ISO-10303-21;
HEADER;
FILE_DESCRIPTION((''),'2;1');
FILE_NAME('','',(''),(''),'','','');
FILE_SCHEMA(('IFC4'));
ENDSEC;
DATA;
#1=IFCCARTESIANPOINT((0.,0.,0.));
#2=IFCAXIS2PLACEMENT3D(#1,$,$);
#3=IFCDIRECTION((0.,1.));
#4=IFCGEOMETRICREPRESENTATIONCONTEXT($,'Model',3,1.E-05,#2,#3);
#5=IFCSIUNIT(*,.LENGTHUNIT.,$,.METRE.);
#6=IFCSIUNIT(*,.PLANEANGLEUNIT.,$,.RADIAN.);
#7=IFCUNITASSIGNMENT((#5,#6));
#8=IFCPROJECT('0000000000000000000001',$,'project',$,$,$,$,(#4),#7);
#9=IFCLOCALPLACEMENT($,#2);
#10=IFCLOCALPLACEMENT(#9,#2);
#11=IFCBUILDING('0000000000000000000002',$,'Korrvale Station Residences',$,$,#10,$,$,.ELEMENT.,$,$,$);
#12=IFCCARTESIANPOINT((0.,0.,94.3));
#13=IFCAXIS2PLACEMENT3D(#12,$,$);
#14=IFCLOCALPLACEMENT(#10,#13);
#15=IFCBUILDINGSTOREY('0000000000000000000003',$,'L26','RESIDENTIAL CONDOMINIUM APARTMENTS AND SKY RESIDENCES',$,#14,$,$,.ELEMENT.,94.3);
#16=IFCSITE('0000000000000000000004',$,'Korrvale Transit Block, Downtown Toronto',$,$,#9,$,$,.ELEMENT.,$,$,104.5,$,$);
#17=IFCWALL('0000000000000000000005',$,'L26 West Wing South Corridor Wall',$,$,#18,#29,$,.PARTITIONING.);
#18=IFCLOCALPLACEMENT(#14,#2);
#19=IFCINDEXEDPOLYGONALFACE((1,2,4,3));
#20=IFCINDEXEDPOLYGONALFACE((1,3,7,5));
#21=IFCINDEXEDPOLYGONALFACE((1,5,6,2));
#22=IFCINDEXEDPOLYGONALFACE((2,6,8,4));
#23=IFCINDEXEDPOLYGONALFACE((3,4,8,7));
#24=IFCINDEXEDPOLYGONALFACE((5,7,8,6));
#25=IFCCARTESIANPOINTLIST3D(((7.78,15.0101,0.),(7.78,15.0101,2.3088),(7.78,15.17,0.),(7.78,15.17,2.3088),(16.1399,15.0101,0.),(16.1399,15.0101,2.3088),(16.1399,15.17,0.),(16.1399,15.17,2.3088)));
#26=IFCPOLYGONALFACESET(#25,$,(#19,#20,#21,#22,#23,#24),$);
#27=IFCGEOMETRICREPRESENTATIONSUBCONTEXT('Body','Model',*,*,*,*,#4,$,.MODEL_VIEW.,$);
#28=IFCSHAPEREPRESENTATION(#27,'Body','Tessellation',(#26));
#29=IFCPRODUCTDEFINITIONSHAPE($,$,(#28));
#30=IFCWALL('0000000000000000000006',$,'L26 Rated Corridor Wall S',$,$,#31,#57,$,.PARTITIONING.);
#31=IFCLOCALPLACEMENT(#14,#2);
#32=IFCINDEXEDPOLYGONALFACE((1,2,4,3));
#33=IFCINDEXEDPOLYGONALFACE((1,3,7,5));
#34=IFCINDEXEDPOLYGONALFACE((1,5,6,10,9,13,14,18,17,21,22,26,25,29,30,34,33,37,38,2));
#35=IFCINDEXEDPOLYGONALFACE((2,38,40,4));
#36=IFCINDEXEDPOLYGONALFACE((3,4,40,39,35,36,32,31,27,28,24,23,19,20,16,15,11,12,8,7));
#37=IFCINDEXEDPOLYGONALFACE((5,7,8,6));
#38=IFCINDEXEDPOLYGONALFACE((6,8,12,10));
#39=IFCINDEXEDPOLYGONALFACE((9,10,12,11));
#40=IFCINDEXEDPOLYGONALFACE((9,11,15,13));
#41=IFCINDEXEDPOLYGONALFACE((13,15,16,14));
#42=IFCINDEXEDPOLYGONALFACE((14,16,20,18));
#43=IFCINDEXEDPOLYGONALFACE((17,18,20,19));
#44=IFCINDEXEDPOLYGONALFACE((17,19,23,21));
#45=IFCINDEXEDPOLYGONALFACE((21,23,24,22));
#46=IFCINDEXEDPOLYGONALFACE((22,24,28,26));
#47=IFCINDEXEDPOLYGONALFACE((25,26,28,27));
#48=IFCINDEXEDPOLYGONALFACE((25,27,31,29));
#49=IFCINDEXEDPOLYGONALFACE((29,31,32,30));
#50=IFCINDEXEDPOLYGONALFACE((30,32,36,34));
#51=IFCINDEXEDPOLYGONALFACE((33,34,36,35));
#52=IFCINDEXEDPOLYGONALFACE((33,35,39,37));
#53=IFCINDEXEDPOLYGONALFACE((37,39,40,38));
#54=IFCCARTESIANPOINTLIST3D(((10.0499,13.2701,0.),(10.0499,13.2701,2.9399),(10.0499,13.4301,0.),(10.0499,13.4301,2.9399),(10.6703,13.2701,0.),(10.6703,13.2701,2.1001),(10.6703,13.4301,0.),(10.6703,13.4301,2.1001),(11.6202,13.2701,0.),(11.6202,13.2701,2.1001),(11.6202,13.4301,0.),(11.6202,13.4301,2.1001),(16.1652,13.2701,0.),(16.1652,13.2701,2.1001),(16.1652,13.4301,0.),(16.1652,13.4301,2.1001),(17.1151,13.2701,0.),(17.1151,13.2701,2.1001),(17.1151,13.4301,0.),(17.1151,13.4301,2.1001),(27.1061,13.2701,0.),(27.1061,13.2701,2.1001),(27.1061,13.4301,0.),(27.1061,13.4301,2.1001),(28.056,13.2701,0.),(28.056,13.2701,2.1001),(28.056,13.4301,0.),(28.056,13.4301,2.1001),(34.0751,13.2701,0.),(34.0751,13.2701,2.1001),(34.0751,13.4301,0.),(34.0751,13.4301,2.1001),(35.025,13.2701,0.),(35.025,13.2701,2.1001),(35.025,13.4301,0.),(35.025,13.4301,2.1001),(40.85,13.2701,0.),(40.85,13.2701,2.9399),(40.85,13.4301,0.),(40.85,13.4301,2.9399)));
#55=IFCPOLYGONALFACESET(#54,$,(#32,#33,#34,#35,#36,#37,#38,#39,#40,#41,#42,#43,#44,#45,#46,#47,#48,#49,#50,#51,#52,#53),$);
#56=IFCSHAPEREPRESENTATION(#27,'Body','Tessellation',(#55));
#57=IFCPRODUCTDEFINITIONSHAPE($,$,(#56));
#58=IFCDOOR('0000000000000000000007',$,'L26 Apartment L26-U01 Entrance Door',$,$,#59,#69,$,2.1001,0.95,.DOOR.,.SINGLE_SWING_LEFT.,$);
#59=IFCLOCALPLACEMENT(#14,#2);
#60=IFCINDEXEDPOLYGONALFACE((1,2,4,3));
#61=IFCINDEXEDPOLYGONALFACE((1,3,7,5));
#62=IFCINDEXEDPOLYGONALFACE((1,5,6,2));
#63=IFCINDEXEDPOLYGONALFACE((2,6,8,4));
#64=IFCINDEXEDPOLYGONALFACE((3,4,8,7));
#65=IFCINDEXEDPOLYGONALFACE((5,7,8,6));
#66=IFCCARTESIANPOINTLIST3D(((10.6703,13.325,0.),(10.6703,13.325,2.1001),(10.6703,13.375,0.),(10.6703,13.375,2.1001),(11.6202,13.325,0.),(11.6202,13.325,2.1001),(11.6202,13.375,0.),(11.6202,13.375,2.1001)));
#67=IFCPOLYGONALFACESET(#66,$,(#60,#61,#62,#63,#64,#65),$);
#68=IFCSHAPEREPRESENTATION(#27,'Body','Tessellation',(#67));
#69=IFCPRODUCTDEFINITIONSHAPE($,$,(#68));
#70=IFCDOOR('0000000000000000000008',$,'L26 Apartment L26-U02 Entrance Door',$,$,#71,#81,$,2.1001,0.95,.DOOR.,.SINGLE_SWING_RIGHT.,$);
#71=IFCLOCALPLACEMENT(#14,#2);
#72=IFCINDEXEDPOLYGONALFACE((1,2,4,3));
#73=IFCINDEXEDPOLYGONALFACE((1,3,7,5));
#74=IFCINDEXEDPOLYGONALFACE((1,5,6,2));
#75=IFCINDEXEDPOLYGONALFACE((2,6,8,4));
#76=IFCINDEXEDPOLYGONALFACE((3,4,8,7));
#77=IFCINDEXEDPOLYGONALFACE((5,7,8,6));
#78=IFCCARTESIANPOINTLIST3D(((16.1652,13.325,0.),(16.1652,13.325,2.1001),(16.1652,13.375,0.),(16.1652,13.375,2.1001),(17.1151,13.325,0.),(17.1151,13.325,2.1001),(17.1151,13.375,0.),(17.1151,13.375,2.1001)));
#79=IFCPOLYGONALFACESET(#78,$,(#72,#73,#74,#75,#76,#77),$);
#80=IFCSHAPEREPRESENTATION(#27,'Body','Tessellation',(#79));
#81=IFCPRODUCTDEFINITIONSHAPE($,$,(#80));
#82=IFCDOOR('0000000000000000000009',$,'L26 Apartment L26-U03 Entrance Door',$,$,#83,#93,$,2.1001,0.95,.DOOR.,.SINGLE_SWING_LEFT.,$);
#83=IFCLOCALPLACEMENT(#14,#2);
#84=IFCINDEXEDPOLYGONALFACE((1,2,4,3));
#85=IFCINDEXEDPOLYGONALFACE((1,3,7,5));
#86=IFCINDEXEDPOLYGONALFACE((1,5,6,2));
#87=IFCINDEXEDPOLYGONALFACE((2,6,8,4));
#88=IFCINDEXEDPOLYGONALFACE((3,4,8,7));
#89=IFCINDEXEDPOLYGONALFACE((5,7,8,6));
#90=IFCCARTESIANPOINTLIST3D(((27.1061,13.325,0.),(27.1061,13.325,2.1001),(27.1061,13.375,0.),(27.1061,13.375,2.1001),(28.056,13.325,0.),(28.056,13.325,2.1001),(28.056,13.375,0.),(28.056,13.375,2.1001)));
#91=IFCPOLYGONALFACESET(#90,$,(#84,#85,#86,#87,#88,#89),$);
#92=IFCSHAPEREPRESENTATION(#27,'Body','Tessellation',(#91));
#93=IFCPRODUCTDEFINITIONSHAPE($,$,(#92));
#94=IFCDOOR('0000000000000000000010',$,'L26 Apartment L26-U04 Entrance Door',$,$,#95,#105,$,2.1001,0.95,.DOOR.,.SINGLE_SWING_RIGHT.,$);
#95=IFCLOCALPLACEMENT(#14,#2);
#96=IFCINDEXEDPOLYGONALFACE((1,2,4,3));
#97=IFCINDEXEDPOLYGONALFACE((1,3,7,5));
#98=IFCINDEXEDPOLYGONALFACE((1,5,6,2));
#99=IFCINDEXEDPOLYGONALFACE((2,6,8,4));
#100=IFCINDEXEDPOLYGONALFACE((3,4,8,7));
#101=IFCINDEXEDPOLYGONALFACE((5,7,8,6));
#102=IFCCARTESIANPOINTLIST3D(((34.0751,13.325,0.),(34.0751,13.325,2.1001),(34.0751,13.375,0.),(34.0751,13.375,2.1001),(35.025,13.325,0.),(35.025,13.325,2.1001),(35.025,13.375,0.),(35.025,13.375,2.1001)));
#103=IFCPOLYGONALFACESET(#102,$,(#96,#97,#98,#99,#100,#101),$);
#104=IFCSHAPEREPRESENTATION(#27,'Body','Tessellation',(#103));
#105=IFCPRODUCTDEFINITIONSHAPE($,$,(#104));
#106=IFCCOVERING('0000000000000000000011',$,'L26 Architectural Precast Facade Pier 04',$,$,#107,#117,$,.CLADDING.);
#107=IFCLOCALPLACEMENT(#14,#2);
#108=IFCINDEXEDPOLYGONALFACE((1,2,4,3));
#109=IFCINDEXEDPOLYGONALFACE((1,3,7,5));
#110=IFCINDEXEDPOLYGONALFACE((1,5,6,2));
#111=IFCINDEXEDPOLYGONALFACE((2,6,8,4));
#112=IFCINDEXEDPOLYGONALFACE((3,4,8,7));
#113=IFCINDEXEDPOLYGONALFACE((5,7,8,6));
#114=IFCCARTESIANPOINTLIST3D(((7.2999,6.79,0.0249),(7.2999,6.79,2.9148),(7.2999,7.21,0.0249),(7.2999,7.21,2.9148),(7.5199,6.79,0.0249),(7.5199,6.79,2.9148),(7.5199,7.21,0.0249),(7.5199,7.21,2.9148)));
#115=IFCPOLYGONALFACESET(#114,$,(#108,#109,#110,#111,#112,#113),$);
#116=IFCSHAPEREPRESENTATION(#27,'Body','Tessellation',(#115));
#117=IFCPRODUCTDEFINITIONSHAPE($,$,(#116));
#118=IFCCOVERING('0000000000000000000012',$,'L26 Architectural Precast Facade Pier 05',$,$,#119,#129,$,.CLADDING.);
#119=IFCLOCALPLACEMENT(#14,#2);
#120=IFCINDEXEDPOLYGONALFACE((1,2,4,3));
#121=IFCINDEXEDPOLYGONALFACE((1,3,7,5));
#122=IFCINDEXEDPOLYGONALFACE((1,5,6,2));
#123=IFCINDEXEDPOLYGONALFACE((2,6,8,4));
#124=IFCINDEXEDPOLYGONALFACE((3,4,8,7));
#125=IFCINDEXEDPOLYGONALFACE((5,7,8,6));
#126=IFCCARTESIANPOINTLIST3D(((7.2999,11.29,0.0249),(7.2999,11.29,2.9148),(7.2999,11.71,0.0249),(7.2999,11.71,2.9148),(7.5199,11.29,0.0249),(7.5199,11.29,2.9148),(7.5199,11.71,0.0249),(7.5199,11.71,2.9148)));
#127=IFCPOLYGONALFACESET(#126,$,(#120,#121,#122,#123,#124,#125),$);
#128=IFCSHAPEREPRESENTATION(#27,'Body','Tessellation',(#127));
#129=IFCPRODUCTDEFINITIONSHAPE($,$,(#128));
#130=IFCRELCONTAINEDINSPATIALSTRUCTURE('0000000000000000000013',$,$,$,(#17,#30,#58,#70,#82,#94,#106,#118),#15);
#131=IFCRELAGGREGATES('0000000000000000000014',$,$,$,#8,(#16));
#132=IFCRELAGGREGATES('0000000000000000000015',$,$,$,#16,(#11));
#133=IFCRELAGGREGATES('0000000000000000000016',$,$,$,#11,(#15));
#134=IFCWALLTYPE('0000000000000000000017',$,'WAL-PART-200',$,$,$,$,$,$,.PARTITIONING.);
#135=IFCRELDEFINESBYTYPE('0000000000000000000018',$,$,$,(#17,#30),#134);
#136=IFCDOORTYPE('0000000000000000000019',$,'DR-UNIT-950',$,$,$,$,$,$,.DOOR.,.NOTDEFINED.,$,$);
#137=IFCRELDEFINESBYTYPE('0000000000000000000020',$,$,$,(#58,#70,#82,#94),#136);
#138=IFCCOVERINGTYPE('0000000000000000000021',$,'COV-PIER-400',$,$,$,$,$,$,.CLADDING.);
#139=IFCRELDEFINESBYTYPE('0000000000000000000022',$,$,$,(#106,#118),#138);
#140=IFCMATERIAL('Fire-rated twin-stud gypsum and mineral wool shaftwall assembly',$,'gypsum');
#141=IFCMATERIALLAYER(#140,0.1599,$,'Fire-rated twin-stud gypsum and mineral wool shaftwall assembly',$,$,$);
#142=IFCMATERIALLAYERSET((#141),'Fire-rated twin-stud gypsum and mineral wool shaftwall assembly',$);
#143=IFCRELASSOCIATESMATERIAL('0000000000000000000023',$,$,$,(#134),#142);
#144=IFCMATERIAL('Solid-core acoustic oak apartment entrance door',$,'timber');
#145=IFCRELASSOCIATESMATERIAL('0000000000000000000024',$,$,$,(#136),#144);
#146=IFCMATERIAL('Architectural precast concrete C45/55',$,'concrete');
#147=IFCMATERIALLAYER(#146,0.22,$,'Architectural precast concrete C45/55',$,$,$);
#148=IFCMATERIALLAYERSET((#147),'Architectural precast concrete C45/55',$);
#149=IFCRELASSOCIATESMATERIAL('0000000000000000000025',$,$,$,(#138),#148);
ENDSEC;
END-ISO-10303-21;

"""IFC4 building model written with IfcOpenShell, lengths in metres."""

from ifc_helpers import new_model, si_unit, direction, frame, frame_2d, origin, origin_2d, place, context, subcontext, project, spatial, rectangle, extrude, material, layer, layer_set, type_object, element, fill, save


model = new_model("IFC4")

# Units and contexts
model_context = context("Model", 3, precision=1e-05, world=origin(), true_north=direction((0.0, 1.0)))
body_context = subcontext(model_context, "Body", "Model", "MODEL_VIEW")
ifc_project = project(units=[si_unit("LENGTHUNIT", "METRE"), si_unit("PLANEANGLEUNIT", "RADIAN")], contexts=[model_context])

# Site, building, storey
site_placement = place(None, origin())
site = spatial("IfcSite", under=ifc_project, at=site_placement, Name="Korrvale Transit Block, Downtown Toronto", CompositionType="ELEMENT", RefElevation=104.5)
building_placement = place(site_placement, origin())
building = spatial("IfcBuilding", under=site, at=building_placement, Name="Korrvale Station Residences", CompositionType="ELEMENT")
storey_placement = place(building_placement, frame((0.0, 0.0, 94.3)))
storey = spatial("IfcBuildingStorey", under=building, at=storey_placement, Name="L26", Description="RESIDENTIAL CONDOMINIUM APARTMENTS AND SKY RESIDENCES", CompositionType="ELEMENT", Elevation=94.3)

# Wall
ifc_material_1 = material(Name="Fire-rated twin-stud gypsum and mineral wool shaftwall assembly", Category="gypsum")
ifc_layer_1 = layer(ifc_material_1, 0.1599, Name="Fire-rated twin-stud gypsum and mineral wool shaftwall assembly")
ifc_layer_set_1 = layer_set([ifc_layer_1], Name="Fire-rated twin-stud gypsum and mineral wool shaftwall assembly")
wall_type_1 = type_object("IfcWallType", Name="WAL-PART-200", PredefinedType="PARTITIONING", material=ifc_layer_set_1)
wall_1_placement = place(storey_placement, frame((7.78, 15.0901, 0.0), z_axis=(0.0, 0.0, 1.0), x_axis=(1.0, 0.0, 0.0)))
element("IfcWall", 1, at=wall_1_placement, inside=storey, type_object=wall_type_1, Name="L26 West Wing South Corridor Wall", PredefinedType="PARTITIONING", context=body_context, shape_type="SweptSolid", body=[
    extrude(rectangle(XDim=8.3599, YDim=0.1599, at=frame_2d((4.1799, 0.0))), origin(), (0.0, 0.0, 1.0), 2.3088),
])

# Wall, openings, doors
wall_2_placement = place(storey_placement, frame((10.05, 13.3501, 0.0), z_axis=(0.0, 0.0, 1.0), x_axis=(1.0, 0.0, 0.0)))
wall_2 = element("IfcWall", 2, at=wall_2_placement, inside=storey, type_object=wall_type_1, Name="L26 Rated Corridor Wall S", PredefinedType="PARTITIONING", context=body_context, shape_type="SweptSolid", body=[
    extrude(rectangle(XDim=30.8, YDim=0.1599, at=frame_2d((15.3999, 0.0))), origin(), (0.0, 0.0, 1.0), 2.9399),
])
opening_1_placement = place(wall_2_placement, frame((0.6201, 0.0, 0.0)))
opening_1 = element("IfcOpeningElement", 3, at=opening_1_placement, cuts=wall_2, PredefinedType="OPENING", context=body_context, shape_type="SweptSolid", body=[
    extrude(rectangle(XDim=0.95, YDim=2.1001, at=frame_2d((0.4751, 1.05))), frame((0.0, 0.0898, 0.0), z_axis=(0.0, -1.0, 0.0), x_axis=(1.0, 0.0, 0.0)), (0.0, 0.0, 1.0), 0.1799),
])
opening_2_placement = place(wall_2_placement, frame((6.115, 0.0, 0.0)))
opening_2 = element("IfcOpeningElement", 4, at=opening_2_placement, cuts=wall_2, PredefinedType="OPENING", context=body_context, shape_type="SweptSolid", body=[
    extrude(rectangle(XDim=0.95, YDim=2.1001, at=frame_2d((0.4751, 1.05))), frame((0.0, 0.0898, 0.0), z_axis=(0.0, -1.0, 0.0), x_axis=(1.0, 0.0, 0.0)), (0.0, 0.0, 1.0), 0.1799),
])
opening_3_placement = place(wall_2_placement, frame((17.0559, 0.0, 0.0)))
opening_3 = element("IfcOpeningElement", 5, at=opening_3_placement, cuts=wall_2, PredefinedType="OPENING", context=body_context, shape_type="SweptSolid", body=[
    extrude(rectangle(XDim=0.95, YDim=2.1001, at=frame_2d((0.4751, 1.05))), frame((0.0, 0.0898, 0.0), z_axis=(0.0, -1.0, 0.0), x_axis=(1.0, 0.0, 0.0)), (0.0, 0.0, 1.0), 0.1799),
])
opening_4_placement = place(wall_2_placement, frame((24.0249, 0.0, 0.0)))
opening_4 = element("IfcOpeningElement", 6, at=opening_4_placement, cuts=wall_2, PredefinedType="OPENING", context=body_context, shape_type="SweptSolid", body=[
    extrude(rectangle(XDim=0.95, YDim=2.1001, at=frame_2d((0.4751, 1.05))), frame((0.0, 0.0898, 0.0), z_axis=(0.0, -1.0, 0.0), x_axis=(1.0, 0.0, 0.0)), (0.0, 0.0, 1.0), 0.1799),
])
ifc_material_2 = material(Name="Solid-core acoustic oak apartment entrance door", Category="timber")
door_type_1 = type_object("IfcDoorType", Name="DR-UNIT-950", OperationType="NOTDEFINED", PredefinedType="DOOR", material=ifc_material_2)
door_1_placement = place(opening_1_placement, origin())
door_1 = element("IfcDoor", 7, at=door_1_placement, inside=storey, type_object=door_type_1, Name="L26 Apartment L26-U01 Entrance Door", OperationType="SINGLE_SWING_LEFT", OverallHeight=2.1001, OverallWidth=0.95, PredefinedType="DOOR", context=body_context, shape_type="SweptSolid", body=[
    extrude(rectangle(XDim=0.95, YDim=2.1001, at=frame_2d((0.4751, 1.05))), frame((0.0, 0.0249, 0.0), z_axis=(0.0, -1.0, 0.0), x_axis=(1.0, 0.0, 0.0)), (0.0, 0.0, 1.0), 0.05),
])
fill(opening_1, door_1)
door_2_placement = place(opening_2_placement, origin())
door_2 = element("IfcDoor", 8, at=door_2_placement, inside=storey, type_object=door_type_1, Name="L26 Apartment L26-U02 Entrance Door", OperationType="SINGLE_SWING_RIGHT", OverallHeight=2.1001, OverallWidth=0.95, PredefinedType="DOOR", context=body_context, shape_type="SweptSolid", body=[
    extrude(rectangle(XDim=0.95, YDim=2.1001, at=frame_2d((0.4751, 1.05))), frame((0.0, 0.0249, 0.0), z_axis=(0.0, -1.0, 0.0), x_axis=(1.0, 0.0, 0.0)), (0.0, 0.0, 1.0), 0.05),
])
fill(opening_2, door_2)
door_3_placement = place(opening_3_placement, origin())
door_3 = element("IfcDoor", 9, at=door_3_placement, inside=storey, type_object=door_type_1, Name="L26 Apartment L26-U03 Entrance Door", OperationType="SINGLE_SWING_LEFT", OverallHeight=2.1001, OverallWidth=0.95, PredefinedType="DOOR", context=body_context, shape_type="SweptSolid", body=[
    extrude(rectangle(XDim=0.95, YDim=2.1001, at=frame_2d((0.4751, 1.05))), frame((0.0, 0.0249, 0.0), z_axis=(0.0, -1.0, 0.0), x_axis=(1.0, 0.0, 0.0)), (0.0, 0.0, 1.0), 0.05),
])
fill(opening_3, door_3)
door_4_placement = place(opening_4_placement, origin())
door_4 = element("IfcDoor", 10, at=door_4_placement, inside=storey, type_object=door_type_1, Name="L26 Apartment L26-U04 Entrance Door", OperationType="SINGLE_SWING_RIGHT", OverallHeight=2.1001, OverallWidth=0.95, PredefinedType="DOOR", context=body_context, shape_type="SweptSolid", body=[
    extrude(rectangle(XDim=0.95, YDim=2.1001, at=frame_2d((0.4751, 1.05))), frame((0.0, 0.0249, 0.0), z_axis=(0.0, -1.0, 0.0), x_axis=(1.0, 0.0, 0.0)), (0.0, 0.0, 1.0), 0.05),
])
fill(opening_4, door_4)

# Coverings
ifc_material_3 = material(Name="Architectural precast concrete C45/55", Category="concrete")
ifc_layer_2 = layer(ifc_material_3, 0.22, Name="Architectural precast concrete C45/55")
ifc_layer_set_2 = layer_set([ifc_layer_2], Name="Architectural precast concrete C45/55")
covering_type = type_object("IfcCoveringType", Name="COV-PIER-400", PredefinedType="CLADDING", material=ifc_layer_set_2)
for number, where, z_axis, x_axis, name in (
    (11, (7.4099, 7.0, 0.0249), (0.0, 0.0, 1.0), (0.0, 1.0, 0.0), "L26 Architectural Precast Facade Pier 04"),
    (12, (7.4099, 11.5, 0.0249), (0.0, 0.0, 1.0), (0.0, 1.0, 0.0), "L26 Architectural Precast Facade Pier 05"),
):
    element("IfcCovering", number, at=place(storey_placement, frame(where, z_axis=z_axis, x_axis=x_axis)), inside=storey, type_object=covering_type, Name=name, PredefinedType="CLADDING", context=body_context, shape_type="SweptSolid", body=[
        extrude(rectangle(XDim=0.4199, YDim=0.22, at=origin_2d()), origin(), (0.0, 0.0, 1.0), 2.8899),
    ])

save(model, "model.ifc")
